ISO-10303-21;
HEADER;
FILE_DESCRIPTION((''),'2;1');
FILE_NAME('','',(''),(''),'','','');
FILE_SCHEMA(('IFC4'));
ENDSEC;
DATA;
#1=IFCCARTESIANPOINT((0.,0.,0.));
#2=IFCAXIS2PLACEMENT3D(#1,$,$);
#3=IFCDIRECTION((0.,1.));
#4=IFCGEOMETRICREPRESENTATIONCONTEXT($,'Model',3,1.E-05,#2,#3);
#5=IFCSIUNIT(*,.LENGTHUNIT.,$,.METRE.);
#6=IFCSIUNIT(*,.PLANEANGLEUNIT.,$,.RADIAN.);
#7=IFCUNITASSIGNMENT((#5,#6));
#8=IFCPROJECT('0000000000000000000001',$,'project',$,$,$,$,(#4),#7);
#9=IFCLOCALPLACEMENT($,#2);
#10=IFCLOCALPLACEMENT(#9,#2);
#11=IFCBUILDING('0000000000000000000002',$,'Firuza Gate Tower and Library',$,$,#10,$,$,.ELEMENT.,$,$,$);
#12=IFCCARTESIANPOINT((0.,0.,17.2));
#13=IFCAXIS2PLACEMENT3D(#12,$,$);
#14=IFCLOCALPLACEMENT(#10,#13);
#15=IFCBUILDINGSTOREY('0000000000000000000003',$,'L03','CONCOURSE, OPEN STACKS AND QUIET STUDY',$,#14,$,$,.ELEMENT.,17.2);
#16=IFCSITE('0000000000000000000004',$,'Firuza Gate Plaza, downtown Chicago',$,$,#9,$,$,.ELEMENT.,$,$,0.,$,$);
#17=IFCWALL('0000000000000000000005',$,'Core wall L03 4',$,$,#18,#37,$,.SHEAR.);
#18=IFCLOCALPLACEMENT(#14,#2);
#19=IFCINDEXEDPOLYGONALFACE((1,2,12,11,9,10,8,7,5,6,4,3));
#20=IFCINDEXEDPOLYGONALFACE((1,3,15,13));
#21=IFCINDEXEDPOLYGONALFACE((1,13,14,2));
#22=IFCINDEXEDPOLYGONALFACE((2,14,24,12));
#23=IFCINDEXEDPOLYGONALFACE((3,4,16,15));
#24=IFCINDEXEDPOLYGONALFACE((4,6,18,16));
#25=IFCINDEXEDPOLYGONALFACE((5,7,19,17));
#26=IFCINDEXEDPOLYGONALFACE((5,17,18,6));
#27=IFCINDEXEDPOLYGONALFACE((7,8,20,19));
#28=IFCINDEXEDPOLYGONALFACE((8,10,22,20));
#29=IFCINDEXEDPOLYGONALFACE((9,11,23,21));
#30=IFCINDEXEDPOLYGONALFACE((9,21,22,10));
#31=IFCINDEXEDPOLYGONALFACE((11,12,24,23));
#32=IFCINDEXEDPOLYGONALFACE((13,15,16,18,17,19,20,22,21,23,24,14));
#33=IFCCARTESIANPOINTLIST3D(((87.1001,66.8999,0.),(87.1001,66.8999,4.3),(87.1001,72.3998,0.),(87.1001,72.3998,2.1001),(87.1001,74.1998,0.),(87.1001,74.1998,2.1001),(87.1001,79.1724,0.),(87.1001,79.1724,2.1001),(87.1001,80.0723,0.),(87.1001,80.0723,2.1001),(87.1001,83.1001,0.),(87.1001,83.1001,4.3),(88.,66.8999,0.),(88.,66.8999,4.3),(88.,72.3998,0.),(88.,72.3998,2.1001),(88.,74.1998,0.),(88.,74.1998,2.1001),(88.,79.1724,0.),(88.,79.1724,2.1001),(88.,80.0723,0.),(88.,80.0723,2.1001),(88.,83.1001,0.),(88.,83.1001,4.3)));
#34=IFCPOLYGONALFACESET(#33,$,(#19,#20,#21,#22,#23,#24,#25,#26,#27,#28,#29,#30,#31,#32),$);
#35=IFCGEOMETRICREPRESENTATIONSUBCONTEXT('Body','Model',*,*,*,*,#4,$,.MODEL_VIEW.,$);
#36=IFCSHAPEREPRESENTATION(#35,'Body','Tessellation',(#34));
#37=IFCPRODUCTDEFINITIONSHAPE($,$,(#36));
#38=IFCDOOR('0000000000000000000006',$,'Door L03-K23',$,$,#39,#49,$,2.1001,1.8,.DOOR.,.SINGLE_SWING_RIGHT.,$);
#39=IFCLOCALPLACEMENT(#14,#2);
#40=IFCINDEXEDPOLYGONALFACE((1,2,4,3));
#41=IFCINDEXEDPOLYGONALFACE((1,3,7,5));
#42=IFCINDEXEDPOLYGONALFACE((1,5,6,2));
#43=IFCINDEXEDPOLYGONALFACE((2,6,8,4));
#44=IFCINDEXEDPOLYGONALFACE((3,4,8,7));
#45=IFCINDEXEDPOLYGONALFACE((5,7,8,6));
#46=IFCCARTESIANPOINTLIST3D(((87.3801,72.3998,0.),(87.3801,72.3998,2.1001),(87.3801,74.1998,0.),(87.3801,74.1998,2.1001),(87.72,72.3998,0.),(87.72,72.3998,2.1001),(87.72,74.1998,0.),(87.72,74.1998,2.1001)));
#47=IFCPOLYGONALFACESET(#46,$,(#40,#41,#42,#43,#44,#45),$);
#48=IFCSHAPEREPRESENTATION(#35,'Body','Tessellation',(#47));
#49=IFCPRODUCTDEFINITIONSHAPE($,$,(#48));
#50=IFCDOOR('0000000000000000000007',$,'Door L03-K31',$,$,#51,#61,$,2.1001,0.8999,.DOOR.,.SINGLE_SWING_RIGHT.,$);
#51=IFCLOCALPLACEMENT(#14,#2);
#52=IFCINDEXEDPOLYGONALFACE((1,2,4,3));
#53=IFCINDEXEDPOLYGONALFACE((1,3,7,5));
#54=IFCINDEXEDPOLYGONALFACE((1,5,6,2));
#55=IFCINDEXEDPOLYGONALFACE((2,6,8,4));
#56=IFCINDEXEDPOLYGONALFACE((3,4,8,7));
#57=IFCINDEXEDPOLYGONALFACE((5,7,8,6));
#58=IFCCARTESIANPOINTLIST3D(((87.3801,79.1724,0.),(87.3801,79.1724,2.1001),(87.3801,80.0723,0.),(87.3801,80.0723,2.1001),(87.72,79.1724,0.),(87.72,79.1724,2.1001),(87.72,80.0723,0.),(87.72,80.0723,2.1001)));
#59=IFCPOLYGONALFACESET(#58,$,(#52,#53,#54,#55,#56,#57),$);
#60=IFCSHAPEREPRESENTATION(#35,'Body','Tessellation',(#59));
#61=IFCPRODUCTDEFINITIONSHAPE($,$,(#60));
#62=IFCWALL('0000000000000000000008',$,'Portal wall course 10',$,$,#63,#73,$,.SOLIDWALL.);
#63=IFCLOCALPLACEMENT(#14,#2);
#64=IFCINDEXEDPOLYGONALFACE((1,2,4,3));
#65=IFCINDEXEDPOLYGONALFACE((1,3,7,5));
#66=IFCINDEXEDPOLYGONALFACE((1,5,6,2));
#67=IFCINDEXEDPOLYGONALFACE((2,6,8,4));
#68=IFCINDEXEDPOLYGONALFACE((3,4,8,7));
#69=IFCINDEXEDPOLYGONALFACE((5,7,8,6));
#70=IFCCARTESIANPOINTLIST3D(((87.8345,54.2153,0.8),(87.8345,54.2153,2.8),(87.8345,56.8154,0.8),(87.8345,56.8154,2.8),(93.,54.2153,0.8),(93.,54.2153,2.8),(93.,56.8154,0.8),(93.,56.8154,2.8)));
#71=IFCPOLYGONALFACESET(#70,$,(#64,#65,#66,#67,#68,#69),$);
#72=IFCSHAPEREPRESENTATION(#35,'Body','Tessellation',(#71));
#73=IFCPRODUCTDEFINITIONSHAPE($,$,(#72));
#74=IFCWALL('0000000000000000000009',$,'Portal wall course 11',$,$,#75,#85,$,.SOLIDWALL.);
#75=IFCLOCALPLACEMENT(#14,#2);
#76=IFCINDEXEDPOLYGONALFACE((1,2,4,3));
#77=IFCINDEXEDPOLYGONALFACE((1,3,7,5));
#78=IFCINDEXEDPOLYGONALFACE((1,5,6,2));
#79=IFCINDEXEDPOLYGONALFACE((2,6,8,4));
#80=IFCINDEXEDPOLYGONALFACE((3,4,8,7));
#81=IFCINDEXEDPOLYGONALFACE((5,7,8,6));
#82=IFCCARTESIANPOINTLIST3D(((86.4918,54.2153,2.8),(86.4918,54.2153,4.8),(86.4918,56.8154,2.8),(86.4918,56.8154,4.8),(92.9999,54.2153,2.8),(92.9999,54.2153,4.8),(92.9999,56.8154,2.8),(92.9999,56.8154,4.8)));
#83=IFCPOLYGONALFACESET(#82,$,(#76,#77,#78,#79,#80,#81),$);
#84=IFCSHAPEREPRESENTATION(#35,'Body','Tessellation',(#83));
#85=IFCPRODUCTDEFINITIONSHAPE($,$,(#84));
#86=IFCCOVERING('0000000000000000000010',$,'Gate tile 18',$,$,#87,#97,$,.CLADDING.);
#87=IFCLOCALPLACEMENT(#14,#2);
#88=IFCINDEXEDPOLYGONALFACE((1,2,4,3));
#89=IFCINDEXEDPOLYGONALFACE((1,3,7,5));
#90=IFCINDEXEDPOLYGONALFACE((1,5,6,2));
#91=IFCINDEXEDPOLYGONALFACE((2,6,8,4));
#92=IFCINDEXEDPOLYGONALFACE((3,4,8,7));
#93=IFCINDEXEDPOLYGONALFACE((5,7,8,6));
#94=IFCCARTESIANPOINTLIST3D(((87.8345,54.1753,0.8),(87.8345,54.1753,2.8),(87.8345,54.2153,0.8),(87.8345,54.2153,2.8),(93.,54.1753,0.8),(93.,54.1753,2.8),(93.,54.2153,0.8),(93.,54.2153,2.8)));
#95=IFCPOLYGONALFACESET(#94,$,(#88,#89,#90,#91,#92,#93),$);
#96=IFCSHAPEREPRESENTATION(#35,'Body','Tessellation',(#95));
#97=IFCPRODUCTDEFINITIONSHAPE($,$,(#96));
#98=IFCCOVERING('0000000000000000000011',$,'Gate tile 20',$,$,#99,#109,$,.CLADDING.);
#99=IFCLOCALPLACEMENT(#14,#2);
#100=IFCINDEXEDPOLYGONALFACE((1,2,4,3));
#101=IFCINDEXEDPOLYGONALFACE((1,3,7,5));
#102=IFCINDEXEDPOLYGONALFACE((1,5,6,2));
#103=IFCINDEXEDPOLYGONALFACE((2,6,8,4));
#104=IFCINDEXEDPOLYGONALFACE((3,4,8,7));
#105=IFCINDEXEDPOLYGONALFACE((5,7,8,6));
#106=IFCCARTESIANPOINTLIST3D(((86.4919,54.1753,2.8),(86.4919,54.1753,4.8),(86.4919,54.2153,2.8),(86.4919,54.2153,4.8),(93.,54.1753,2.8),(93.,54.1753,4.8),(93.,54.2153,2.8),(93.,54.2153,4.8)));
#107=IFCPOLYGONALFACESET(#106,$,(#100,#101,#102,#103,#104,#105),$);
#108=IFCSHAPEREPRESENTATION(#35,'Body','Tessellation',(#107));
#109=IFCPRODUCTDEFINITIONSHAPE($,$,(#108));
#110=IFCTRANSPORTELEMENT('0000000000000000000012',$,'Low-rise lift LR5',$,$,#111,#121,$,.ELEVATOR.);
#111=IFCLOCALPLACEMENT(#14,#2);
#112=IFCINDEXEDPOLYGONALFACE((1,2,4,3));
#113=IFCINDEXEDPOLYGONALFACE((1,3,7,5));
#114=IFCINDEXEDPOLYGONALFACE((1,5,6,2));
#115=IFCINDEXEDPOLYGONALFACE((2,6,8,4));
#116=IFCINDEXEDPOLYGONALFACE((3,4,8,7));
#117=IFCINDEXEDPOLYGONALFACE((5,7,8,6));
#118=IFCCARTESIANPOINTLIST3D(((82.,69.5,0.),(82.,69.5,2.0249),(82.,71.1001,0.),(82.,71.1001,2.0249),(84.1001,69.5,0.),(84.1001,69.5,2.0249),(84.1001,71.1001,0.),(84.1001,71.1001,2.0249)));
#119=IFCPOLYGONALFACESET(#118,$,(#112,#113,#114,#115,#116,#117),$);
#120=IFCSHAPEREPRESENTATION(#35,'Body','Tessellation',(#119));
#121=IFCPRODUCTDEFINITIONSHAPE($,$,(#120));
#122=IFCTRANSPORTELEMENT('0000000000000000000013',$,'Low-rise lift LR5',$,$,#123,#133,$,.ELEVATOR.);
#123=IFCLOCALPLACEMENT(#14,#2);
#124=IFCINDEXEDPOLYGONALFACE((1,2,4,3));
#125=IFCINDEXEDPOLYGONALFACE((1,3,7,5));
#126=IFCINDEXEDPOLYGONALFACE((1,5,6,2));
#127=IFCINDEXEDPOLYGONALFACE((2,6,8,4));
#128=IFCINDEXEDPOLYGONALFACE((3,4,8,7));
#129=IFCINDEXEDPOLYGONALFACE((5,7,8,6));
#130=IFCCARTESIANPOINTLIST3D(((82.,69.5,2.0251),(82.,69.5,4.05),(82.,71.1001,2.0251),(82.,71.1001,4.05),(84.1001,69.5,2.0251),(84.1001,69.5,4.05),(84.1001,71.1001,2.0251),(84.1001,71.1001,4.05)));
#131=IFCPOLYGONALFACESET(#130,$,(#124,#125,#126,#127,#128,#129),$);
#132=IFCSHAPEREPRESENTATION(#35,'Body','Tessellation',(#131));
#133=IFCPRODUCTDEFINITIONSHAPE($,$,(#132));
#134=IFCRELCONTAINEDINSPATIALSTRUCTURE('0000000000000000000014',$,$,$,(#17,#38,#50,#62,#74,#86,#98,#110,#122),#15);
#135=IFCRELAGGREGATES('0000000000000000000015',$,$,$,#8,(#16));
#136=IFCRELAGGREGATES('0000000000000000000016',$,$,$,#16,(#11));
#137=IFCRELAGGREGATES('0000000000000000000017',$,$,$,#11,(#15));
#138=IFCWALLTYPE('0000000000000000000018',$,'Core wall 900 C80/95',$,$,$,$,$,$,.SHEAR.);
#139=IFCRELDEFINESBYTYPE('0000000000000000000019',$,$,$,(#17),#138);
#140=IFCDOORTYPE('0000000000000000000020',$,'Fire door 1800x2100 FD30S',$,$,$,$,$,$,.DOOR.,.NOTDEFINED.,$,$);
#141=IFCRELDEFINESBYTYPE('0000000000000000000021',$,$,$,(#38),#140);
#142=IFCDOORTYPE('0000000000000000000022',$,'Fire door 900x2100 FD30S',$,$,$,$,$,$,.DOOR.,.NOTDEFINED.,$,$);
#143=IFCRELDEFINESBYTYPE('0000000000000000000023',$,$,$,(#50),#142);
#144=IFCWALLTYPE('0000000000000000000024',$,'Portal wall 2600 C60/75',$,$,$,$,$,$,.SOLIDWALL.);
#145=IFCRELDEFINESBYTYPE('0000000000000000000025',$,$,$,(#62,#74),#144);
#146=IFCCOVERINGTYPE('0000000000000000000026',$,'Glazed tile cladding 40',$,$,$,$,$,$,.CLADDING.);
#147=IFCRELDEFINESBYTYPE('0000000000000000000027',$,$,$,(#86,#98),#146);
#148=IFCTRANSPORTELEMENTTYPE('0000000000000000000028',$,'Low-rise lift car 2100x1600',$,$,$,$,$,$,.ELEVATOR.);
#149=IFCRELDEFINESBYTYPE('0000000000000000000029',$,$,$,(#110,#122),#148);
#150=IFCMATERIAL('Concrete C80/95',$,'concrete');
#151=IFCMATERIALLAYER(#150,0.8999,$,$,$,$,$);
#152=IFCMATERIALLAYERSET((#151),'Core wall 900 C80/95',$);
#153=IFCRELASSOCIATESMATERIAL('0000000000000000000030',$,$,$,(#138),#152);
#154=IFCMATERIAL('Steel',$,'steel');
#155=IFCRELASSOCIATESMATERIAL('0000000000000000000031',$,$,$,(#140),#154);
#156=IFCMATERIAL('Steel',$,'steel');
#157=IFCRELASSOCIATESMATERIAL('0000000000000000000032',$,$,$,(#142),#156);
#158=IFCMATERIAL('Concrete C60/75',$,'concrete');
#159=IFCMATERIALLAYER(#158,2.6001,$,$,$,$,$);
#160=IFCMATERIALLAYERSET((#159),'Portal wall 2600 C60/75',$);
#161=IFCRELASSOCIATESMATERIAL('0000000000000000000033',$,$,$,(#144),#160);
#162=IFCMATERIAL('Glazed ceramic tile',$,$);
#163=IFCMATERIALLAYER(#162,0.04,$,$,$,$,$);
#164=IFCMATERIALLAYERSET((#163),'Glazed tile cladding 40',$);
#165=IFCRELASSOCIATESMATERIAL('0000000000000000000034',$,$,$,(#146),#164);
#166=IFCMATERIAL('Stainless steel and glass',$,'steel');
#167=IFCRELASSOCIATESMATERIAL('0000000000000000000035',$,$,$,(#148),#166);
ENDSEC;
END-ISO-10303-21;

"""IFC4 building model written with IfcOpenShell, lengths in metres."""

from ifc_helpers import new_model, si_unit, direction, frame, frame_2d, origin, origin_2d, place, context, subcontext, project, spatial, polyline, rectangle, outline, extrude, material, layer, layer_set, type_object, element, fill, save


model = new_model("IFC4")

# Units and contexts
model_context = context("Model", 3, precision=1e-05, world=origin(), true_north=direction((0.0, 1.0)))
body_context = subcontext(model_context, "Body", "Model", "MODEL_VIEW")
ifc_project = project(units=[si_unit("LENGTHUNIT", "METRE"), si_unit("PLANEANGLEUNIT", "RADIAN")], contexts=[model_context])

# Site, building, storey
site_placement = place(None, origin())
site = spatial("IfcSite", under=ifc_project, at=site_placement, Name="Firuza Gate Plaza, downtown Chicago", CompositionType="ELEMENT", RefElevation=0.0)
building_placement = place(site_placement, origin())
building = spatial("IfcBuilding", under=site, at=building_placement, Name="Firuza Gate Tower and Library", CompositionType="ELEMENT")
storey_placement = place(building_placement, frame((0.0, 0.0, 17.2)))
storey = spatial("IfcBuildingStorey", under=building, at=storey_placement, Name="L03", Description="CONCOURSE, OPEN STACKS AND QUIET STUDY", CompositionType="ELEMENT", Elevation=17.2)

# Wall, openings, doors
ifc_material_1 = material(Name="Concrete C80/95", Category="concrete")
ifc_layer_1 = layer(ifc_material_1, 0.8999)
ifc_layer_set_1 = layer_set([ifc_layer_1], Name="Core wall 900 C80/95")
wall_type_1 = type_object("IfcWallType", Name="Core wall 900 C80/95", PredefinedType="SHEAR", material=ifc_layer_set_1)
wall_1_placement = place(storey_placement, frame((87.55, 66.8999, 0.0), z_axis=(0.0, 0.0, 1.0), x_axis=(0.0, 1.0, 0.0)))
wall_1 = element("IfcWall", 1, at=wall_1_placement, inside=storey, type_object=wall_type_1, Name="Core wall L03 4", PredefinedType="SHEAR", context=body_context, shape_type="SweptSolid", body=[
    extrude(rectangle(XDim=16.2002, YDim=0.8999, at=frame_2d((8.1001, 0.0))), origin(), (0.0, 0.0, 1.0), 4.3),
])
opening_1_placement = place(wall_1_placement, frame((5.5, 0.0, 0.0)))
opening_1 = element("IfcOpeningElement", 2, at=opening_1_placement, cuts=wall_1, PredefinedType="OPENING", context=body_context, shape_type="SweptSolid", body=[
    extrude(rectangle(XDim=1.8, YDim=2.1001, at=frame_2d((0.8999, 1.05))), frame((0.0, 0.46, 0.0), z_axis=(0.0, -1.0, 0.0), x_axis=(1.0, 0.0, 0.0)), (0.0, 0.0, 1.0), 0.9199),
])
opening_2_placement = place(wall_1_placement, frame((12.2725, 0.0, 0.0)))
opening_2 = element("IfcOpeningElement", 3, at=opening_2_placement, cuts=wall_1, PredefinedType="OPENING", context=body_context, shape_type="SweptSolid", body=[
    extrude(rectangle(XDim=0.8999, YDim=2.1001, at=frame_2d((0.45, 1.05))), frame((0.0, 0.46, 0.0), z_axis=(0.0, -1.0, 0.0), x_axis=(1.0, 0.0, 0.0)), (0.0, 0.0, 1.0), 0.9199),
])
ifc_material_2 = material(Name="Steel", Category="steel")
door_type_1 = type_object("IfcDoorType", Name="Fire door 1800x2100 FD30S", OperationType="NOTDEFINED", PredefinedType="DOOR", material=ifc_material_2)
door_1_placement = place(opening_1_placement, origin())
door_1 = element("IfcDoor", 4, at=door_1_placement, inside=storey, type_object=door_type_1, Name="Door L03-K23", OperationType="SINGLE_SWING_RIGHT", OverallHeight=2.1001, OverallWidth=1.8, PredefinedType="DOOR", context=body_context, shape_type="SweptSolid", body=[
    extrude(rectangle(XDim=1.8, YDim=2.1001, at=frame_2d((0.8999, 1.05))), frame((0.0, 0.1699, 0.0), z_axis=(0.0, -1.0, 0.0), x_axis=(1.0, 0.0, 0.0)), (0.0, 0.0, 1.0), 0.3398),
])
fill(opening_1, door_1)
ifc_material_3 = material(Name="Steel", Category="steel")
door_type_2 = type_object("IfcDoorType", Name="Fire door 900x2100 FD30S", OperationType="NOTDEFINED", PredefinedType="DOOR", material=ifc_material_3)
door_2_placement = place(opening_2_placement, origin())
door_2 = element("IfcDoor", 5, at=door_2_placement, inside=storey, type_object=door_type_2, Name="Door L03-K31", OperationType="SINGLE_SWING_RIGHT", OverallHeight=2.1001, OverallWidth=0.8999, PredefinedType="DOOR", context=body_context, shape_type="SweptSolid", body=[
    extrude(rectangle(XDim=0.8999, YDim=2.1001, at=frame_2d((0.45, 1.05))), frame((0.0, 0.1699, 0.0), z_axis=(0.0, -1.0, 0.0), x_axis=(1.0, 0.0, 0.0)), (0.0, 0.0, 1.0), 0.3398),
])
fill(opening_2, door_2)

# Walls
ifc_material_4 = material(Name="Concrete C60/75", Category="concrete")
ifc_layer_2 = layer(ifc_material_4, 2.6001)
ifc_layer_set_2 = layer_set([ifc_layer_2], Name="Portal wall 2600 C60/75")
wall_type_2 = type_object("IfcWallType", Name="Portal wall 2600 C60/75", PredefinedType="SOLIDWALL", material=ifc_layer_set_2)
wall_2_placement = place(storey_placement, frame((87.8345, 55.5154, 0.8), z_axis=(0.0, 0.0, 1.0), x_axis=(1.0, 0.0, 0.0)))
element("IfcWall", 6, at=wall_2_placement, inside=storey, type_object=wall_type_2, Name="Portal wall course 10", PredefinedType="SOLIDWALL", context=body_context, shape_type="SweptSolid", body=[
    extrude(rectangle(XDim=5.1655, YDim=2.6001, at=frame_2d((2.5828, 0.0))), origin(), (0.0, 0.0, 1.0), 2.0),
])
wall_3_placement = place(storey_placement, frame((86.4919, 55.5154, 2.8), z_axis=(0.0, 0.0, 1.0), x_axis=(1.0, 0.0, 0.0)))
element("IfcWall", 7, at=wall_3_placement, inside=storey, type_object=wall_type_2, Name="Portal wall course 11", PredefinedType="SOLIDWALL", context=body_context, shape_type="SweptSolid", body=[
    extrude(rectangle(XDim=6.5081, YDim=2.6001, at=frame_2d((3.2539, 0.0))), origin(), (0.0, 0.0, 1.0), 2.0),
])

# Coverings
ifc_material_5 = material(Name="Glazed ceramic tile")
ifc_layer_3 = layer(ifc_material_5, 0.04)
ifc_layer_set_3 = layer_set([ifc_layer_3], Name="Glazed tile cladding 40")
covering_type = type_object("IfcCoveringType", Name="Glazed tile cladding 40", PredefinedType="CLADDING", material=ifc_layer_set_3)
covering_1_placement = place(storey_placement, frame((87.8345, 54.1753, 0.8), z_axis=(0.0, -1.0, 0.0), x_axis=(1.0, 0.0, 0.0)))
element("IfcCovering", 8, at=covering_1_placement, inside=storey, type_object=covering_type, Name="Gate tile 18", PredefinedType="CLADDING", context=body_context, shape_type="SweptSolid", body=[
    extrude(outline(polyline([(0.0, 0.0), (5.1655, 0.0), (5.1655, 2.0), (0.0, 2.0), (0.0, 0.0)])), origin(), (0.0, 0.0, -1.0), 0.04),
])
covering_2_placement = place(storey_placement, frame((86.4919, 54.1753, 2.8), z_axis=(0.0, -1.0, 0.0), x_axis=(1.0, 0.0, 0.0)))
element("IfcCovering", 9, at=covering_2_placement, inside=storey, type_object=covering_type, Name="Gate tile 20", PredefinedType="CLADDING", context=body_context, shape_type="SweptSolid", body=[
    extrude(outline(polyline([(0.0, 0.0), (6.5081, 0.0), (6.5081, 2.0), (0.0, 2.0), (0.0, 0.0)])), origin(), (0.0, 0.0, -1.0), 0.04),
])

# Transport elements
ifc_material_6 = material(Name="Stainless steel and glass", Category="steel")
transport_element_type = type_object("IfcTransportElementType", Name="Low-rise lift car 2100x1600", PredefinedType="ELEVATOR", material=ifc_material_6)
for number, where, z_axis, x_axis, name in (
    (10, (83.05, 70.3, 0.0), (0.0, 0.0, 1.0), (1.0, 0.0, 0.0), "Low-rise lift LR5"),
    (11, (83.05, 70.3, 2.0251), (0.0, 0.0, 1.0), (1.0, 0.0, 0.0), "Low-rise lift LR5"),
):
    element("IfcTransportElement", number, at=place(storey_placement, frame(where, z_axis=z_axis, x_axis=x_axis)), inside=storey, type_object=transport_element_type, Name=name, PredefinedType="ELEVATOR", context=body_context, shape_type="SweptSolid", body=[
        extrude(rectangle(XDim=2.1001, YDim=1.6001, at=origin_2d()), origin(), (0.0, 0.0, 1.0), 2.0249),
    ])

save(model, "model.ifc")
